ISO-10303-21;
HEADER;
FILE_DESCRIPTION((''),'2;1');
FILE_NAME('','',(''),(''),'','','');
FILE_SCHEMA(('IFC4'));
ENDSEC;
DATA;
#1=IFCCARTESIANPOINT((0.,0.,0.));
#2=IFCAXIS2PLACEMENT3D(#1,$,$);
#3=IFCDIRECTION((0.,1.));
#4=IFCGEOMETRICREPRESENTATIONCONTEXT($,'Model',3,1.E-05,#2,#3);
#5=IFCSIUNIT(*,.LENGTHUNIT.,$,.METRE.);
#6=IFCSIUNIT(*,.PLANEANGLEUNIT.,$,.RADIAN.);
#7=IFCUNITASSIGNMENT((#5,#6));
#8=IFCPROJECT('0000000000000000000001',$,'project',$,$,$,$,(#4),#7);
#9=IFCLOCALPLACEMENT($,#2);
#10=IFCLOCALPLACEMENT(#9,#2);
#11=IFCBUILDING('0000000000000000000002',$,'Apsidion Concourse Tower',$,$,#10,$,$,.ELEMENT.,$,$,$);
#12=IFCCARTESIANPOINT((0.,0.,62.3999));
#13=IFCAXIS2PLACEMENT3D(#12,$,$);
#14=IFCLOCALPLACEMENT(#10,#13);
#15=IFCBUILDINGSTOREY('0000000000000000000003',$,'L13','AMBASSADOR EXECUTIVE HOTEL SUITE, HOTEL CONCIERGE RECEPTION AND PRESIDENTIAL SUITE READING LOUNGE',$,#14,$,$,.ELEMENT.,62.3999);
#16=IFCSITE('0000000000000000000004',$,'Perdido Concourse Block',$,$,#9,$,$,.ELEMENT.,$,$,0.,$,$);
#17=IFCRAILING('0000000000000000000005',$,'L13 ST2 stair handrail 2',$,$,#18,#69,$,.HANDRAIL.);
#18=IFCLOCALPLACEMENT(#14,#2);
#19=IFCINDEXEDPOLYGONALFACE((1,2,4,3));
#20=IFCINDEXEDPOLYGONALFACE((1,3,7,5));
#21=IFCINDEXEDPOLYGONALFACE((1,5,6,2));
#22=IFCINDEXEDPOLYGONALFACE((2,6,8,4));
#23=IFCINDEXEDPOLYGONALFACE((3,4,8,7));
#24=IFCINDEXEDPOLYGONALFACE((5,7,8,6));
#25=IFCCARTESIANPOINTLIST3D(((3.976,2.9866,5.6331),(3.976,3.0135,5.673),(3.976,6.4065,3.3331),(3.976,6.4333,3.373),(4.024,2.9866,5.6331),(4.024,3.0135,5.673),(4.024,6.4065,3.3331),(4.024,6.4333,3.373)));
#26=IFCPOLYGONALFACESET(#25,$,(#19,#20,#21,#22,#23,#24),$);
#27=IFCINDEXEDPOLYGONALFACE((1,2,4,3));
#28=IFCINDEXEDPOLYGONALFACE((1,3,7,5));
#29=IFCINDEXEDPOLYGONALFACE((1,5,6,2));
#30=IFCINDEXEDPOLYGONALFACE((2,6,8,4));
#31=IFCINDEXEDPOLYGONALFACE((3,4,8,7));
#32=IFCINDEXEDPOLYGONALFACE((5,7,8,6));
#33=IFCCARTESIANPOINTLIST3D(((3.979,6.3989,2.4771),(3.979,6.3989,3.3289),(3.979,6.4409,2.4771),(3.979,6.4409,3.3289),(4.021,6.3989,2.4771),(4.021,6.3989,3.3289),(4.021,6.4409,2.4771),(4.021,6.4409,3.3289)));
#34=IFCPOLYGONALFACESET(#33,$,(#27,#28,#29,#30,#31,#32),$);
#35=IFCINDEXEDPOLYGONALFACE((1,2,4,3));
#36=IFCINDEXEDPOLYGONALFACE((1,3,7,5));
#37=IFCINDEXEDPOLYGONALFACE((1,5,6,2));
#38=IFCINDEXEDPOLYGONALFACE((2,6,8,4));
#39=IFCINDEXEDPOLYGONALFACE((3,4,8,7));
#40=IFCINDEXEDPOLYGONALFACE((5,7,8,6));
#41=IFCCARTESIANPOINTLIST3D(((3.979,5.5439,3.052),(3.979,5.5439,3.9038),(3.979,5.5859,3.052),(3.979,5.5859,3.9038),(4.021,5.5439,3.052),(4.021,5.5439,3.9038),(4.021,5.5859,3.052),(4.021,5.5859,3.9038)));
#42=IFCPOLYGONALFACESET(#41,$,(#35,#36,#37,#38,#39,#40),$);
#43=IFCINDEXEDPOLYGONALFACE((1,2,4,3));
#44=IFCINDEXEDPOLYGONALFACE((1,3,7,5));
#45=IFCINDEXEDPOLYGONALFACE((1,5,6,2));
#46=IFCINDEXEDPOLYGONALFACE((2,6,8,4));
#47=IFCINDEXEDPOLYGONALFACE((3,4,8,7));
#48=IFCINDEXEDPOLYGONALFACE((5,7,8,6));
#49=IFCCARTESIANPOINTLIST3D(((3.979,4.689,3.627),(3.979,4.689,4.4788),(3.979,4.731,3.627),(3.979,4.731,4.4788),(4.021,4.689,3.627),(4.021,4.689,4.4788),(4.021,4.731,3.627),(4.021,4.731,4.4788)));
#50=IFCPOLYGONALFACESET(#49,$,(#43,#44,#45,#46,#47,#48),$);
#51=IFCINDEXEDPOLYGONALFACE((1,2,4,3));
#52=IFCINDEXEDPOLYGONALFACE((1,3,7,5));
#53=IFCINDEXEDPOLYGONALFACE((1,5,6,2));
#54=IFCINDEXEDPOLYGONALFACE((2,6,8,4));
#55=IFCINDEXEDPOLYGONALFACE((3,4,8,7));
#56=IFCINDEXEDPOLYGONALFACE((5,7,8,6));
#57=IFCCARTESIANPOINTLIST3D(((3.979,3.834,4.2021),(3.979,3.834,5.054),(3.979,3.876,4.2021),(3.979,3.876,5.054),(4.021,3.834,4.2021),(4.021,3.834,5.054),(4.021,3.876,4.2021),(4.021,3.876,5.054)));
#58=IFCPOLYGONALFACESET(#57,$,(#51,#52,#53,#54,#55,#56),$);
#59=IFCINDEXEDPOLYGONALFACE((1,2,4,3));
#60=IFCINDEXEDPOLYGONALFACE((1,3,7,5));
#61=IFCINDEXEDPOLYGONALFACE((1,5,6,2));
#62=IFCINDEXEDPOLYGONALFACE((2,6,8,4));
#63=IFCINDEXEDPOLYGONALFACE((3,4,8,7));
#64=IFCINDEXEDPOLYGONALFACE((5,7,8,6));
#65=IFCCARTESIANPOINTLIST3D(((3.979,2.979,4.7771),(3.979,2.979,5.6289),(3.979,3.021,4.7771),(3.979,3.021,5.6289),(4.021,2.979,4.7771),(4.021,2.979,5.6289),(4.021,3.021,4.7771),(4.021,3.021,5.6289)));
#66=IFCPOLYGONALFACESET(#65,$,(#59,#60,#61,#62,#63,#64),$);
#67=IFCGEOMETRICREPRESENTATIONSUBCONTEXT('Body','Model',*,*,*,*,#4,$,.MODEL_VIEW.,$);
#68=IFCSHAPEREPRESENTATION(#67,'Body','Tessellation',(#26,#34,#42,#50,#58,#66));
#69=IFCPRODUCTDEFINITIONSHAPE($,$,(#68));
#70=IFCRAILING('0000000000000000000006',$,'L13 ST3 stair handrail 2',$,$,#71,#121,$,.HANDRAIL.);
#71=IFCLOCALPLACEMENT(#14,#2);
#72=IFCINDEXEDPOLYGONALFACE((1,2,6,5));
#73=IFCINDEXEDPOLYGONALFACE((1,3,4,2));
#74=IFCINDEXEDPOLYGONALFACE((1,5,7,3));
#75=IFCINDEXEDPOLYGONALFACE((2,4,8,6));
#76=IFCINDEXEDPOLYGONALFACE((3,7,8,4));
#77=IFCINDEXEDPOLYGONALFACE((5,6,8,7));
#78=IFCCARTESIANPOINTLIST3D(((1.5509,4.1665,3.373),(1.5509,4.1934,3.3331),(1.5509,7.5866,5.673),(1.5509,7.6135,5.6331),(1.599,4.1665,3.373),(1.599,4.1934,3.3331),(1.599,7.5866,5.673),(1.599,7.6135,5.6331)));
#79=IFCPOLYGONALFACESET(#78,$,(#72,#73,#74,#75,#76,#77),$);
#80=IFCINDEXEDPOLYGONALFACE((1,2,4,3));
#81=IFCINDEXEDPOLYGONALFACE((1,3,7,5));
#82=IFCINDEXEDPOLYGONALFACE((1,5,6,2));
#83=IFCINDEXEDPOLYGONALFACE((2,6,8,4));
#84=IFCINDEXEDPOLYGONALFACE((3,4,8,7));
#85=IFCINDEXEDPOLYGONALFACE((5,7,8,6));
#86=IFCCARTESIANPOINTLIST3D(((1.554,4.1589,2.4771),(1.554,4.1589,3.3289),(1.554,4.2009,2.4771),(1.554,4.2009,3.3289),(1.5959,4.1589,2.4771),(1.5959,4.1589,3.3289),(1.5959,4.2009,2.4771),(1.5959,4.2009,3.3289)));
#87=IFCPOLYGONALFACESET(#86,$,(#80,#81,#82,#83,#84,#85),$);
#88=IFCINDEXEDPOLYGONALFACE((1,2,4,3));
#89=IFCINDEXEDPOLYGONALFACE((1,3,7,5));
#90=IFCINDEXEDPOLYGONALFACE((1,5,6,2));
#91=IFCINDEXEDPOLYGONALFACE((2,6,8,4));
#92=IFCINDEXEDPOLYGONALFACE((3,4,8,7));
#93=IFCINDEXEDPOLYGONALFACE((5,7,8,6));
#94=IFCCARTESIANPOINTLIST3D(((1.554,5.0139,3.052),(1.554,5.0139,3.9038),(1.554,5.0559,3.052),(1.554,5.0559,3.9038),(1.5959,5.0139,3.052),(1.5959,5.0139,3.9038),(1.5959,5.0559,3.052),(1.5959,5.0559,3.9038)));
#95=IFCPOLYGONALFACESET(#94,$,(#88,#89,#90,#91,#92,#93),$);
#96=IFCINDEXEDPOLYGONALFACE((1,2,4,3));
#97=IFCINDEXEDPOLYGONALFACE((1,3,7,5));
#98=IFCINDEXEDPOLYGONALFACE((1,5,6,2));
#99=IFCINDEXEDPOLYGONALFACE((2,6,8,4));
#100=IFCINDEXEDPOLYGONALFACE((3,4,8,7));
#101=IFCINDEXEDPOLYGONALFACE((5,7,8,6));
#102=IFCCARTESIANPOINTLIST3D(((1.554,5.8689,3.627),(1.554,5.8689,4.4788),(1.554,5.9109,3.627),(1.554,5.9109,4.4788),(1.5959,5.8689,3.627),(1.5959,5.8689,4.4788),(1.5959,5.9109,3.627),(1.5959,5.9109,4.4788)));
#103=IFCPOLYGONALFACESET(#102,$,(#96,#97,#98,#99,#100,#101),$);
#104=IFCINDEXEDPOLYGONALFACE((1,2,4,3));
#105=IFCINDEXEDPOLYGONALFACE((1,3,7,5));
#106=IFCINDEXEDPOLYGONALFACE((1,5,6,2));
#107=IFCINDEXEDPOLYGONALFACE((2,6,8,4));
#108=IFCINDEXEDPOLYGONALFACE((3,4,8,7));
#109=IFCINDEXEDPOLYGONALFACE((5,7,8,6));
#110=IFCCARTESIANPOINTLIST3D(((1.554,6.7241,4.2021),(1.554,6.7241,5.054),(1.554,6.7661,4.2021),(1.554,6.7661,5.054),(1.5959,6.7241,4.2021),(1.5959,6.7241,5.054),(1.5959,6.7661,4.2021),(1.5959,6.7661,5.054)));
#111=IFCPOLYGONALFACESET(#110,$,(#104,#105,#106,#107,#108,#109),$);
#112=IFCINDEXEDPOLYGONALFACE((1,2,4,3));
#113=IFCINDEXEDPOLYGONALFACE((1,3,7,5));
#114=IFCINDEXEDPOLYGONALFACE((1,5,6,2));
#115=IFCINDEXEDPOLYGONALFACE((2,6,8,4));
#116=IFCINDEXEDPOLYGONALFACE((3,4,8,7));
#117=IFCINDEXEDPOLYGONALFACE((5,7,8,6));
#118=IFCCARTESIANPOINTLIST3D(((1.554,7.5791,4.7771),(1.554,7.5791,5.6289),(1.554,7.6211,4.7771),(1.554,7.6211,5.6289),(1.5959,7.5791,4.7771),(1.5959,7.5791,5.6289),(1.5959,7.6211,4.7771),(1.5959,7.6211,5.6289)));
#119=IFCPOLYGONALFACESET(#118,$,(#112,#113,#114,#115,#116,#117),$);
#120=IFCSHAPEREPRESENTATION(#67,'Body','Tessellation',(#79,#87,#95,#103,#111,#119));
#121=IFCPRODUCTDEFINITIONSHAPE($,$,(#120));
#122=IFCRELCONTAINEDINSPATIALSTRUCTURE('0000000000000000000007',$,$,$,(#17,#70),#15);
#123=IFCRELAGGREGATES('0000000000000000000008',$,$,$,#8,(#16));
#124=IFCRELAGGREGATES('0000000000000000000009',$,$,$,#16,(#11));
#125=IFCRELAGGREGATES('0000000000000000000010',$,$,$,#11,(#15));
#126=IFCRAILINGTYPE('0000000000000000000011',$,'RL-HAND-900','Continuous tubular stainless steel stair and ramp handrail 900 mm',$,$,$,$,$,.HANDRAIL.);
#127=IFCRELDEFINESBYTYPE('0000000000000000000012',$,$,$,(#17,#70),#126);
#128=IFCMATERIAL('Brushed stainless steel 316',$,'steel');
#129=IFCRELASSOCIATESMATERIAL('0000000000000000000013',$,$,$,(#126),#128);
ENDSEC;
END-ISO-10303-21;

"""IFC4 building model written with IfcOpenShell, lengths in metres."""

from ifc_helpers import new_model, si_unit, direction, frame, origin, origin_2d, place, context, subcontext, project, spatial, rectangle, extrude, material, type_object, element, save


model = new_model("IFC4")

# Units and contexts
model_context = context("Model", 3, precision=1e-05, world=origin(), true_north=direction((0.0, 1.0)))
body_context = subcontext(model_context, "Body", "Model", "MODEL_VIEW")
ifc_project = project(units=[si_unit("LENGTHUNIT", "METRE"), si_unit("PLANEANGLEUNIT", "RADIAN")], contexts=[model_context])

# Site, building, storey
site_placement = place(None, origin())
site = spatial("IfcSite", under=ifc_project, at=site_placement, Name="Perdido Concourse Block", CompositionType="ELEMENT", RefElevation=0.0)
building_placement = place(site_placement, origin())
building = spatial("IfcBuilding", under=site, at=building_placement, Name="Apsidion Concourse Tower", CompositionType="ELEMENT")
storey_placement = place(building_placement, frame((0.0, 0.0, 62.3999)))
storey = spatial("IfcBuildingStorey", under=building, at=storey_placement, Name="L13", Description="AMBASSADOR EXECUTIVE HOTEL SUITE, HOTEL CONCIERGE RECEPTION AND PRESIDENTIAL SUITE READING LOUNGE", CompositionType="ELEMENT", Elevation=62.3999)

# Railings
ifc_material_1 = material(Name="Brushed stainless steel 316", Category="steel")
railing_type_1 = type_object("IfcRailingType", Name="RL-HAND-900", Description="Continuous tubular stainless steel stair and ramp handrail 900 mm", PredefinedType="HANDRAIL", material=ifc_material_1)
railing_1_placement = place(storey_placement, frame((4.0, 6.4199, 2.4771)))
element("IfcRailing", 1, at=railing_1_placement, inside=storey, type_object=railing_type_1, Name="L13 ST2 stair handrail 2", PredefinedType="HANDRAIL", context=body_context, shape_type="SweptSolid", body=[
    extrude(rectangle(XDim=0.0481, YDim=0.0481, at=origin_2d()), frame((0.0, 0.0, 0.876), z_axis=(0.0, -0.829792, 0.558072), x_axis=(1.0, 0.0, 0.0)), (0.0, 0.0, 1.0), 4.1213),
    extrude(rectangle(XDim=0.042, YDim=0.042, at=origin_2d()), origin(), (0.0, 0.0, 1.0), 0.8518),
    extrude(rectangle(XDim=0.042, YDim=0.042, at=origin_2d()), frame((0.0, -0.855, 0.575)), (0.0, 0.0, 1.0), 0.8518),
    extrude(rectangle(XDim=0.042, YDim=0.042, at=origin_2d()), frame((0.0, -1.71, 1.1499)), (0.0, 0.0, 1.0), 0.8518),
    extrude(rectangle(XDim=0.042, YDim=0.042, at=origin_2d()), frame((0.0, -2.5649, 1.7251)), (0.0, 0.0, 1.0), 0.8518),
    extrude(rectangle(XDim=0.042, YDim=0.042, at=origin_2d()), frame((0.0, -3.4199, 2.3)), (0.0, 0.0, 1.0), 0.8518),
])
railing_2_placement = place(storey_placement, frame((1.575, 4.1799, 2.4771)))
element("IfcRailing", 2, at=railing_2_placement, inside=storey, type_object=railing_type_1, Name="L13 ST3 stair handrail 2", PredefinedType="HANDRAIL", context=body_context, shape_type="SweptSolid", body=[
    extrude(rectangle(XDim=0.0481, YDim=0.0481, at=origin_2d()), frame((0.0, 0.0, 0.876), z_axis=(0.0, 0.829811, 0.558045), x_axis=(-1.0, 0.0, 0.0)), (0.0, 0.0, 1.0), 4.1216),
    extrude(rectangle(XDim=0.042, YDim=0.042, at=origin_2d()), origin(), (0.0, 0.0, 1.0), 0.8518),
    extrude(rectangle(XDim=0.042, YDim=0.042, at=origin_2d()), frame((0.0, 0.855, 0.575)), (0.0, 0.0, 1.0), 0.8518),
    extrude(rectangle(XDim=0.042, YDim=0.042, at=origin_2d()), frame((0.0, 1.71, 1.1499)), (0.0, 0.0, 1.0), 0.8518),
    extrude(rectangle(XDim=0.042, YDim=0.042, at=origin_2d()), frame((0.0, 2.5652, 1.7251)), (0.0, 0.0, 1.0), 0.8518),
    extrude(rectangle(XDim=0.042, YDim=0.042, at=origin_2d()), frame((0.0, 3.4202, 2.3)), (0.0, 0.0, 1.0), 0.8518),
])

save(model, "model.ifc")
